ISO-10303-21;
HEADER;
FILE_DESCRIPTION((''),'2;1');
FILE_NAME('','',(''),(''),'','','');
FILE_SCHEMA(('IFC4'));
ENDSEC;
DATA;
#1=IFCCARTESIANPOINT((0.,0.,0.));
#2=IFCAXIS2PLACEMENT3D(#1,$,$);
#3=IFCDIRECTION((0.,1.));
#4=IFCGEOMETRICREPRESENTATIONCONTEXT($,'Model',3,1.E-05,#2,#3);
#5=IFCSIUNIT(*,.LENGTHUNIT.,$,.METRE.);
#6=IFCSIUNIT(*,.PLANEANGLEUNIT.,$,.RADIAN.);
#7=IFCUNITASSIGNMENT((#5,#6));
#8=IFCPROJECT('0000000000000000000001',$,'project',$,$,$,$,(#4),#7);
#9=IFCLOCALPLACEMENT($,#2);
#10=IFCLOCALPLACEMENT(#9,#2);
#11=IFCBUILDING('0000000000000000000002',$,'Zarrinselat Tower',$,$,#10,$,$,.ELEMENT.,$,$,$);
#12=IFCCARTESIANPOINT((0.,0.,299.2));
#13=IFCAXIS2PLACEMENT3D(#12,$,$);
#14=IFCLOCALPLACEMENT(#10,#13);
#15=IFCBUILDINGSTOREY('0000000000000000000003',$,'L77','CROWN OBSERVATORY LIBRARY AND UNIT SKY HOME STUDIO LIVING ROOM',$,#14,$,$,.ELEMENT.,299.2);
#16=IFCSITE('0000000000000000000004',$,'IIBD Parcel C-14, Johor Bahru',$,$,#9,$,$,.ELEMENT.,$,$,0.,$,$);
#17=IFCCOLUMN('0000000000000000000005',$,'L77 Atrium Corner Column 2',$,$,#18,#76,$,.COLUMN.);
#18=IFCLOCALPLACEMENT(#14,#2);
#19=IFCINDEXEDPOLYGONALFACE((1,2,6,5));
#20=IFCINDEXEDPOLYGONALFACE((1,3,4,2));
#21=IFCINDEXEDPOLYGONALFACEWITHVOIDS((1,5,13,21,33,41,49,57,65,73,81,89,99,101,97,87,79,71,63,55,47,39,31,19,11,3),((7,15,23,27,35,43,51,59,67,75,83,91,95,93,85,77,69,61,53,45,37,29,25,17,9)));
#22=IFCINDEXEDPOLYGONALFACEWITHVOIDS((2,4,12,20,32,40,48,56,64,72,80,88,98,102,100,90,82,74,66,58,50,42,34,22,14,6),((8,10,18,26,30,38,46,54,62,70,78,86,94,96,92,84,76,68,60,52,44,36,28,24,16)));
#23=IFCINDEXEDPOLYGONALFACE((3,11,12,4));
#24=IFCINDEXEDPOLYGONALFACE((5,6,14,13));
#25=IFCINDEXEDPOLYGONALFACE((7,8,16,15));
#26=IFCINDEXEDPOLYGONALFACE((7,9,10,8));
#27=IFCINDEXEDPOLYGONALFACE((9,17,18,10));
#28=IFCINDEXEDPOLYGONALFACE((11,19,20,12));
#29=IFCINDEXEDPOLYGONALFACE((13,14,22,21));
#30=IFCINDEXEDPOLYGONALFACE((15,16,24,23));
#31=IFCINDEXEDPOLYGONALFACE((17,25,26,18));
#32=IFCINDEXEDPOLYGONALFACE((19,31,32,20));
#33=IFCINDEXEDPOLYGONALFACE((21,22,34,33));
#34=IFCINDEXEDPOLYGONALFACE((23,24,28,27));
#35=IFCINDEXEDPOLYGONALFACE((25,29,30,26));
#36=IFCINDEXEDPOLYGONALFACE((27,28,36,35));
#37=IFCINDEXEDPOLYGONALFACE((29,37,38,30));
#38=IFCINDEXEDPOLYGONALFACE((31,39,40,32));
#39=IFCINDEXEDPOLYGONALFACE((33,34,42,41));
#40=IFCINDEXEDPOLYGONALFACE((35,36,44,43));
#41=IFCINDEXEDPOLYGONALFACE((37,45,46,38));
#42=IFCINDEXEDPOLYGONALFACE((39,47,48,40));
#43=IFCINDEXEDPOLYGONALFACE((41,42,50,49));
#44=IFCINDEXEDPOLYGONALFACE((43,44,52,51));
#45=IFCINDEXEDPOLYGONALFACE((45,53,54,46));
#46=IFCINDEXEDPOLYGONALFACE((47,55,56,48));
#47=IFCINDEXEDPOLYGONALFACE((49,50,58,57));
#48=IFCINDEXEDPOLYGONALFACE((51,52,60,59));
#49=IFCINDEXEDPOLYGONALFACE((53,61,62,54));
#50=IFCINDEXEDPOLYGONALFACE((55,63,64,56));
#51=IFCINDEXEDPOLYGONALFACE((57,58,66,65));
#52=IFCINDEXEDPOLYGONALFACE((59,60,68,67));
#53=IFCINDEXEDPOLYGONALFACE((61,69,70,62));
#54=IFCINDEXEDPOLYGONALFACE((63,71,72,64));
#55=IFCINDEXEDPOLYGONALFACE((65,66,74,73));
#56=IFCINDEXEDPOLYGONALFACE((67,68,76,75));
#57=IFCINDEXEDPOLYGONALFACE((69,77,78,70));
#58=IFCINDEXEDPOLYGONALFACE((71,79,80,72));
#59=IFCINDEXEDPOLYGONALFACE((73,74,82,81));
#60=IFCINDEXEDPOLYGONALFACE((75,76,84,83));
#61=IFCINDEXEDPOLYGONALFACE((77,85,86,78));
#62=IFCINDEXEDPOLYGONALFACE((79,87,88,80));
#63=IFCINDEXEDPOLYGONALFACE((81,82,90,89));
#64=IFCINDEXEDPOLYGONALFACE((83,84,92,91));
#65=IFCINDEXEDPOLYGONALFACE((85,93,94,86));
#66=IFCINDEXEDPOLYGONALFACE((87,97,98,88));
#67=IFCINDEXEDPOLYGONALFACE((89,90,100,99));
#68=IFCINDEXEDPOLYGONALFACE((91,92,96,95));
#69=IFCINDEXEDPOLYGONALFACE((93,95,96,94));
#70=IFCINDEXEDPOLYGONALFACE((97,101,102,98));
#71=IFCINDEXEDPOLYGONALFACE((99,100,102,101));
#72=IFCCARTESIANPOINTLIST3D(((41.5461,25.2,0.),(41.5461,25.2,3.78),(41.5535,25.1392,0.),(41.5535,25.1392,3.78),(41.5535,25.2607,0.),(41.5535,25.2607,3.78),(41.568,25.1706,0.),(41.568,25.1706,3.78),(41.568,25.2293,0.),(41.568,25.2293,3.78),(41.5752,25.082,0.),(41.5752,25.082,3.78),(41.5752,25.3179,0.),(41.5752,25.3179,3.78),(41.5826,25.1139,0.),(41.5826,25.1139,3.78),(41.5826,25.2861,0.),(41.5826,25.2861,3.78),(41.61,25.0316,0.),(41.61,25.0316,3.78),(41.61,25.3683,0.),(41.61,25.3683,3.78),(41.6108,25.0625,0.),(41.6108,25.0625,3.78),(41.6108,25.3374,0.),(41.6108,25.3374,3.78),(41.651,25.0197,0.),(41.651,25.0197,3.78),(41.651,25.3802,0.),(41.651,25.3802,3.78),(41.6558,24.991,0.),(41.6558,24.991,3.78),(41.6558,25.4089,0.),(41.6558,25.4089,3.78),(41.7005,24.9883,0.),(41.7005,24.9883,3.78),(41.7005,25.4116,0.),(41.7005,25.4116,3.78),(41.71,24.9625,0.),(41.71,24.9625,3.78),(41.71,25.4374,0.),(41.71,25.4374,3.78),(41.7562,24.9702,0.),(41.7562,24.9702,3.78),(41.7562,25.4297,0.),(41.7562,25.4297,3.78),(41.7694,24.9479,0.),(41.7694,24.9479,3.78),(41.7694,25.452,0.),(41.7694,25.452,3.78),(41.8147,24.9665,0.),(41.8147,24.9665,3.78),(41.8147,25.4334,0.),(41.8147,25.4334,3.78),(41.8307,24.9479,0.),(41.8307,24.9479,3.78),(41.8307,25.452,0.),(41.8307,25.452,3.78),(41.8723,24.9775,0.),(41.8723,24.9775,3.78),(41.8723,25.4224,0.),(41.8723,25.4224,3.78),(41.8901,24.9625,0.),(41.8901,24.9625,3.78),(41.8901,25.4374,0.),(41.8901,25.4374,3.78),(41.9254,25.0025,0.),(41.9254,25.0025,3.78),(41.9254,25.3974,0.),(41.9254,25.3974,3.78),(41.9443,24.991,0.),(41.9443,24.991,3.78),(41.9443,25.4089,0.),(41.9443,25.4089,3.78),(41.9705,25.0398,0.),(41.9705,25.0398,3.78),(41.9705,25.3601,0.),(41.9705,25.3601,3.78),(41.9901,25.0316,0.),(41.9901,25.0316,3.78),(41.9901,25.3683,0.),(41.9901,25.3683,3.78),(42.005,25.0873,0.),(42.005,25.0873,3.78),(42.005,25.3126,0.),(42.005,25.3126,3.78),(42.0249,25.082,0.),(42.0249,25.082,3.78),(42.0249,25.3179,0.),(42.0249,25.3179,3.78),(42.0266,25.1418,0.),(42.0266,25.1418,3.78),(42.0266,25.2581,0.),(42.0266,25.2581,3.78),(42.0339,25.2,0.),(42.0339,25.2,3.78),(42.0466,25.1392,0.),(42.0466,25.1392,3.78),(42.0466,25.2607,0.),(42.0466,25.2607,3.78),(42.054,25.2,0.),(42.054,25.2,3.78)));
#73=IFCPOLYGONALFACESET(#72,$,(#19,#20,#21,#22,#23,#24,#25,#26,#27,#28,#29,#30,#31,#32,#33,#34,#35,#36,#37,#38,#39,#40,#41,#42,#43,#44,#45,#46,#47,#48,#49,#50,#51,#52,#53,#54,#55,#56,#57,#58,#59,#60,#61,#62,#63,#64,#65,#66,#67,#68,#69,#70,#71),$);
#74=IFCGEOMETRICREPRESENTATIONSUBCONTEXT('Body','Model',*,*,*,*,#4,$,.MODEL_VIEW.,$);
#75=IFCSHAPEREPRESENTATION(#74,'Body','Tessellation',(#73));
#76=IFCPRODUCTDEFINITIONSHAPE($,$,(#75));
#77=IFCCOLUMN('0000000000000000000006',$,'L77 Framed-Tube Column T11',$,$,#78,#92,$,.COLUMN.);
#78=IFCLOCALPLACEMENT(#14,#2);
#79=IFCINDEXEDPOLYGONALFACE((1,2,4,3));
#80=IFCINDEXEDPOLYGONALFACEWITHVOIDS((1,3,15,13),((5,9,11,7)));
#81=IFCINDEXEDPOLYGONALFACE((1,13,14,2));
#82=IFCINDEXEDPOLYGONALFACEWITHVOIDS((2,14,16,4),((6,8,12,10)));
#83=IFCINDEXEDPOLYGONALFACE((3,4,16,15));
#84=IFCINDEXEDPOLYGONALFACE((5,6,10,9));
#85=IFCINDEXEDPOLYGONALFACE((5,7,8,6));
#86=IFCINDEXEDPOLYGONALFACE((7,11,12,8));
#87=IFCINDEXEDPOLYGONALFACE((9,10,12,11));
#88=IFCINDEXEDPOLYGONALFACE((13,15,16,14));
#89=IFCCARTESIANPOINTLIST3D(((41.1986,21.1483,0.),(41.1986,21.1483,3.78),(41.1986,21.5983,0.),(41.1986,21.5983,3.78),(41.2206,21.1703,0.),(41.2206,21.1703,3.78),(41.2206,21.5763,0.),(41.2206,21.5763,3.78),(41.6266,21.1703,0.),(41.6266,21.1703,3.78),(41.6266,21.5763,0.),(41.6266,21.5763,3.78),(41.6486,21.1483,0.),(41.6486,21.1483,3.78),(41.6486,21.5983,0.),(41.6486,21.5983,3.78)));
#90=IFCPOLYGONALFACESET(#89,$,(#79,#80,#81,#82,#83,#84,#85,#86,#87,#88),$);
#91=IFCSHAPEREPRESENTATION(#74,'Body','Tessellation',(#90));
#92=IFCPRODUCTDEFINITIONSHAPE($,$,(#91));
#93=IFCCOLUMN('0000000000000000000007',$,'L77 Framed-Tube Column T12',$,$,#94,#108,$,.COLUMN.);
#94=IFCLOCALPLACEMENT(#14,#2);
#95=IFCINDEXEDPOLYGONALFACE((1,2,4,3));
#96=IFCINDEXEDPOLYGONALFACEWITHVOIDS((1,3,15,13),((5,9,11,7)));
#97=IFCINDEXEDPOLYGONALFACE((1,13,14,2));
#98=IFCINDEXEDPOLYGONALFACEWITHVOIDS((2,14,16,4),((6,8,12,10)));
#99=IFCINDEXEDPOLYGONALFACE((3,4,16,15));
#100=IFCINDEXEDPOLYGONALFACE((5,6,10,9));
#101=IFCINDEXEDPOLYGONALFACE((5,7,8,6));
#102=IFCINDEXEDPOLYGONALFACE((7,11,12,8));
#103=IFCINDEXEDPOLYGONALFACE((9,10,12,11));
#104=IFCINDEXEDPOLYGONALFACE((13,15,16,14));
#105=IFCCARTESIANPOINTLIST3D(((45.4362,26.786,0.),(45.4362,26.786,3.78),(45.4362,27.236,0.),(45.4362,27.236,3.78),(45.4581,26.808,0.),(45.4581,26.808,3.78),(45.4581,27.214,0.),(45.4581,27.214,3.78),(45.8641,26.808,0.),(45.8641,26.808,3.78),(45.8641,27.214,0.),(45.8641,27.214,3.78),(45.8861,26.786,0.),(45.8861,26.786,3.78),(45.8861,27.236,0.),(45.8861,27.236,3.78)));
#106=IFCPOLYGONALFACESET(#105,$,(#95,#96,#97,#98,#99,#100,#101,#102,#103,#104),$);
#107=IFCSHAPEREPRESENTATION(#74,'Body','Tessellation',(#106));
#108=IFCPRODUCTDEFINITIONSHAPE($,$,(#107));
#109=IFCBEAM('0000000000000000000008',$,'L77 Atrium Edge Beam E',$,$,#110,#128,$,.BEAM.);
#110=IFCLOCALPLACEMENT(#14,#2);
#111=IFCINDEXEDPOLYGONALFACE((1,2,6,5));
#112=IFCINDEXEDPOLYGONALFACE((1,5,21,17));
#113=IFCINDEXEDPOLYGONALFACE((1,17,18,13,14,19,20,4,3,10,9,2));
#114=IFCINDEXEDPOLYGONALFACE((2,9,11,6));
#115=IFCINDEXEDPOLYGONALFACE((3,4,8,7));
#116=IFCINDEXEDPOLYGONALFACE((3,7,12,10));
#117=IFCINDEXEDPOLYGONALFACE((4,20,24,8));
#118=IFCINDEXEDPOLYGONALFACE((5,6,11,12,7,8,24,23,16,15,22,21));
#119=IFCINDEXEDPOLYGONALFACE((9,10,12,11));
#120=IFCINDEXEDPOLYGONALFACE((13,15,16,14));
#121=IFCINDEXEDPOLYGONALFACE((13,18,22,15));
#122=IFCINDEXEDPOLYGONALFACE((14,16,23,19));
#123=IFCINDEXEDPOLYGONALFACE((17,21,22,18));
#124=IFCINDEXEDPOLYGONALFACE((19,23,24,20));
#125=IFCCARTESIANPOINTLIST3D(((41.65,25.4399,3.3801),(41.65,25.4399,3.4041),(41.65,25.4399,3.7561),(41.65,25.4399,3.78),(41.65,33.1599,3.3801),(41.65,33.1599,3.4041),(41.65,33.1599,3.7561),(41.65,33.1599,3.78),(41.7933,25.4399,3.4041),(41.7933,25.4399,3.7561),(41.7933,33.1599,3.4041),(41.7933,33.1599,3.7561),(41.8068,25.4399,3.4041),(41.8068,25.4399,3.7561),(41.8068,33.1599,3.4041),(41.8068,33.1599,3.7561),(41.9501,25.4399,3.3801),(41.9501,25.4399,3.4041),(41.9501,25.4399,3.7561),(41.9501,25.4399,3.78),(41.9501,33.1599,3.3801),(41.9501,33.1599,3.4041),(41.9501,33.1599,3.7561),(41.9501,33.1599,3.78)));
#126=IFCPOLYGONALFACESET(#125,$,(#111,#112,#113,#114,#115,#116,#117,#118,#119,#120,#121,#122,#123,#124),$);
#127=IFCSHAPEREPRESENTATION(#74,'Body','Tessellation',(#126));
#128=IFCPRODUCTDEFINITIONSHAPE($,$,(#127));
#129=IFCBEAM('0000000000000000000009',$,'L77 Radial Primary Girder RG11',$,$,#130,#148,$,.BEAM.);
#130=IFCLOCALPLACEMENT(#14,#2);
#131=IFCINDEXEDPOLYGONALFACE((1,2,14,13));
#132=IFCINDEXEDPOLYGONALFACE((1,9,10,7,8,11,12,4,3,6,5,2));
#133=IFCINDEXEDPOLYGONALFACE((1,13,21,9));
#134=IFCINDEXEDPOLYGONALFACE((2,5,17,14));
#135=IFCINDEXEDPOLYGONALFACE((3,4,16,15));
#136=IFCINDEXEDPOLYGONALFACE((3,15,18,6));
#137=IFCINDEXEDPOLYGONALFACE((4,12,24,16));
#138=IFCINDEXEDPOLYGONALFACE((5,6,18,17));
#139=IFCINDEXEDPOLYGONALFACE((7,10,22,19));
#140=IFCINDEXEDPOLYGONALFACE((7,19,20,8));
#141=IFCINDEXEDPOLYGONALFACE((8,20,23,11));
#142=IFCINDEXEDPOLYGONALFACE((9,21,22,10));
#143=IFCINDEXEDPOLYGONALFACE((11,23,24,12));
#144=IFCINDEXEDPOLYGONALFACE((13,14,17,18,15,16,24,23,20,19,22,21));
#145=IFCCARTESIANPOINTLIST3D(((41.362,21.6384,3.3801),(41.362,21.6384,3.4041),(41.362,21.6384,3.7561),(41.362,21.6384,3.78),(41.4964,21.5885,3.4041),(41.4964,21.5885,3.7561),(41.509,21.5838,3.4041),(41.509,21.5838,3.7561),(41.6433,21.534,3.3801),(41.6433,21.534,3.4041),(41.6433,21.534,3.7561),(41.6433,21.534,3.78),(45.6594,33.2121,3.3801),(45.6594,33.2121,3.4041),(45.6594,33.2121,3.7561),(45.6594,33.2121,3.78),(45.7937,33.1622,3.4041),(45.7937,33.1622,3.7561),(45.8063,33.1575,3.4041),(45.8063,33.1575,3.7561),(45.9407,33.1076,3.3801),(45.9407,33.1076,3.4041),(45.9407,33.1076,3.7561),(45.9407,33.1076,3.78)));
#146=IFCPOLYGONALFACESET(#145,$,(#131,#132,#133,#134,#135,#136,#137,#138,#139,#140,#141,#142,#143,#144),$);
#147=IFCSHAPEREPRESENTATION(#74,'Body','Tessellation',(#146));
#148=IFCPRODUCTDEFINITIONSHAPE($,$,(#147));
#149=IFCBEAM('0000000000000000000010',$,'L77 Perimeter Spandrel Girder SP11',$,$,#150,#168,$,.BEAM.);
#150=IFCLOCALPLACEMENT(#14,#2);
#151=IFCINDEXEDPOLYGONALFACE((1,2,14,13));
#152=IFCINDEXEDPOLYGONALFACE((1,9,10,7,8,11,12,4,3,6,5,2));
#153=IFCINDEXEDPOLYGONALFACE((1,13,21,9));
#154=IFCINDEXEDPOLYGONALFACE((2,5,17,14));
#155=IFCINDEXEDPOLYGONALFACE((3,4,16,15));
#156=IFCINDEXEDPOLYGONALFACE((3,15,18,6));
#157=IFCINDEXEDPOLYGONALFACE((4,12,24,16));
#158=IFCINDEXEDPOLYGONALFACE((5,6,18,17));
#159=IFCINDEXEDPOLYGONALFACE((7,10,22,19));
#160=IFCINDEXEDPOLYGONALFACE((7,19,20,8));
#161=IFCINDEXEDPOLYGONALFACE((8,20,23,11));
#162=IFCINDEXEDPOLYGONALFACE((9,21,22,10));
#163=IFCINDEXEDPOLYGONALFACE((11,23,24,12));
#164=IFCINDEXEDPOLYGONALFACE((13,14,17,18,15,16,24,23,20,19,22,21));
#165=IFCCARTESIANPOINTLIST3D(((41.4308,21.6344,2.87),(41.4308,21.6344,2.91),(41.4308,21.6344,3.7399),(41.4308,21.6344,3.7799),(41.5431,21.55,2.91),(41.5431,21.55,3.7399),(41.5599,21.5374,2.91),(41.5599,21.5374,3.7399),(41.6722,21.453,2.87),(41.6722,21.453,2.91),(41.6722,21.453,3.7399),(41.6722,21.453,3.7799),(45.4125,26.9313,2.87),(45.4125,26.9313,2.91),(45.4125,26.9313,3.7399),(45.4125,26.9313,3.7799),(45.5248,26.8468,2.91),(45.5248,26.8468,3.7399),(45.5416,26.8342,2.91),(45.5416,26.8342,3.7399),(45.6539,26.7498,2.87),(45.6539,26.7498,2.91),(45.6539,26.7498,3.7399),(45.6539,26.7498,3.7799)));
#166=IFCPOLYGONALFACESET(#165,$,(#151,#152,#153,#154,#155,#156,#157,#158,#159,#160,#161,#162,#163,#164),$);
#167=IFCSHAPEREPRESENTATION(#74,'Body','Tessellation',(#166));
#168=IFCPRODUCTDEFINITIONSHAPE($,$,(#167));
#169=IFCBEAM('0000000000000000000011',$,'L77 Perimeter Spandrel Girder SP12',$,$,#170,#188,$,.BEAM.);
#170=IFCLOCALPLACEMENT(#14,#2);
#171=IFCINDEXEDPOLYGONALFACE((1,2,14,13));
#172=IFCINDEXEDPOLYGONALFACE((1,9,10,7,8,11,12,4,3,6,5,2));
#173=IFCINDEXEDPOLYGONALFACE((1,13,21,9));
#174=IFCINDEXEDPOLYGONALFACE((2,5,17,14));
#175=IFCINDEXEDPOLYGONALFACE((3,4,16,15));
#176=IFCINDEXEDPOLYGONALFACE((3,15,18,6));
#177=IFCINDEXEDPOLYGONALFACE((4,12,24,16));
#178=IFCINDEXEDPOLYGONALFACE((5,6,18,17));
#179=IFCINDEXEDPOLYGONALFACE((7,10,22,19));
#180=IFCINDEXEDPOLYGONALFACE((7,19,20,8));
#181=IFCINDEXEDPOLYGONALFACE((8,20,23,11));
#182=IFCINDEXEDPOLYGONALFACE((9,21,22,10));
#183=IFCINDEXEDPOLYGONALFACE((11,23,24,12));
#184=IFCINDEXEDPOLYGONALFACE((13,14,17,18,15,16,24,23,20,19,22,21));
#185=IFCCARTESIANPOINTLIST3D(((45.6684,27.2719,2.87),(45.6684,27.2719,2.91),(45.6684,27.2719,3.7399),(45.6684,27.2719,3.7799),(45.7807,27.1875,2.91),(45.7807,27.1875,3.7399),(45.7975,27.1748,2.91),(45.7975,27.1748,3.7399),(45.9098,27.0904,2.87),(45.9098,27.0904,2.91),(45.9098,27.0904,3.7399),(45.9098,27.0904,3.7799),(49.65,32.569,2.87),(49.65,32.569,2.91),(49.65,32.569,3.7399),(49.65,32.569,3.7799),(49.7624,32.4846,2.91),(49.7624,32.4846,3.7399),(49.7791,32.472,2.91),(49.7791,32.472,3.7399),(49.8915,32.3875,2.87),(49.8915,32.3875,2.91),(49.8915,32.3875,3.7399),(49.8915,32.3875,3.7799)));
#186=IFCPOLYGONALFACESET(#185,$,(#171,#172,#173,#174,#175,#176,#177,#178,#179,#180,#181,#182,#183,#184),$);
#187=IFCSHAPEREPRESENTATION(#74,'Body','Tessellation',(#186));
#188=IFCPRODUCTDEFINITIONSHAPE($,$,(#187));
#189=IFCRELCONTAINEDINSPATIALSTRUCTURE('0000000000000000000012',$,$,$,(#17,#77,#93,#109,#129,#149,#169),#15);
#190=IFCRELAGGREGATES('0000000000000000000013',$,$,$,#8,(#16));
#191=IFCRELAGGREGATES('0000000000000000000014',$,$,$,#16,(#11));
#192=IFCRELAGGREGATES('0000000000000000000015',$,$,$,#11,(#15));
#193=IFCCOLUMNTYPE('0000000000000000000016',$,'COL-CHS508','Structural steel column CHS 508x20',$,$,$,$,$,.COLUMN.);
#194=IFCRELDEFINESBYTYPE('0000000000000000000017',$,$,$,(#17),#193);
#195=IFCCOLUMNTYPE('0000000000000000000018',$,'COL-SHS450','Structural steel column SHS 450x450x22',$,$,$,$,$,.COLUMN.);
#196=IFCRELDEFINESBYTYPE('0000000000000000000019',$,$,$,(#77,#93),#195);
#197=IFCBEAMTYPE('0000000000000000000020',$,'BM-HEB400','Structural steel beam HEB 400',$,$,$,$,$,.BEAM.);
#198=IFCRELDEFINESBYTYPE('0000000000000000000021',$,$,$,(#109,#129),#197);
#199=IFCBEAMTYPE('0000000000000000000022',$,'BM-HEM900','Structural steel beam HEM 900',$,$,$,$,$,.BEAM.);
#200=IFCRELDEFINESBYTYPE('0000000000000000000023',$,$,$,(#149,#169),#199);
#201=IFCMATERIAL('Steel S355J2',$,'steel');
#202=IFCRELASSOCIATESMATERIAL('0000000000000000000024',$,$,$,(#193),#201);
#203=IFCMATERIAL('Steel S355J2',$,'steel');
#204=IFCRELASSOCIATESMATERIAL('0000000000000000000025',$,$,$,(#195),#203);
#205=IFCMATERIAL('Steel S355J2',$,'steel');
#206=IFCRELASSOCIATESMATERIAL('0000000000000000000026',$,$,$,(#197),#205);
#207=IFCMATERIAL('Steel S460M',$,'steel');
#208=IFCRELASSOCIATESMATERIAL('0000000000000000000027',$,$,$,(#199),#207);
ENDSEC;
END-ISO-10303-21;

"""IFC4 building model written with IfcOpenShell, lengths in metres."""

from ifc_helpers import new_model, si_unit, direction, frame, origin, origin_2d, place, context, subcontext, project, spatial, hollow_rectangle, hollow_circle, i_section, extrude, material, material_profile, profile_set, type_object, element, save


model = new_model("IFC4")

# Units and contexts
model_context = context("Model", 3, precision=1e-05, world=origin(), true_north=direction((0.0, 1.0)))
body_context = subcontext(model_context, "Body", "Model", "MODEL_VIEW")
ifc_project = project(units=[si_unit("LENGTHUNIT", "METRE"), si_unit("PLANEANGLEUNIT", "RADIAN")], contexts=[model_context])

# Site, building, storey
site_placement = place(None, origin())
site = spatial("IfcSite", under=ifc_project, at=site_placement, Name="IIBD Parcel C-14, Johor Bahru", CompositionType="ELEMENT", RefElevation=0.0)
building_placement = place(site_placement, origin())
building = spatial("IfcBuilding", under=site, at=building_placement, Name="Zarrinselat Tower", CompositionType="ELEMENT")
storey_placement = place(building_placement, frame((0.0, 0.0, 299.2)))
storey = spatial("IfcBuildingStorey", under=building, at=storey_placement, Name="L77", Description="CROWN OBSERVATORY LIBRARY AND UNIT SKY HOME STUDIO LIVING ROOM", CompositionType="ELEMENT", Elevation=299.2)

# Columns
ifc_material_1 = material(Name="Steel S355J2", Category="steel")
ifc_material_profile_1 = material_profile(ifc_material_1, hollow_circle(Radius=0.2539, WallThickness=0.02, at=origin_2d()), Name="CHS 508x20")
ifc_profile_set_1 = profile_set([ifc_material_profile_1], Name="Steel S355J2")
column_type_1 = type_object("IfcColumnType", Name="COL-CHS508", Description="Structural steel column CHS 508x20", PredefinedType="COLUMN", material=ifc_profile_set_1)
column_placement = place(storey_placement, frame((41.8, 25.2, 0.0), z_axis=(0.0, 0.0, 1.0), x_axis=(1.0, 0.0, 0.0)))
element("IfcColumn", 1, at=column_placement, inside=storey, type_object=column_type_1, Name="L77 Atrium Corner Column 2", PredefinedType="COLUMN", context=body_context, shape_type="SweptSolid", body=[
    extrude(hollow_circle(Radius=0.2539, WallThickness=0.02, at=origin_2d()), origin(), (0.0, 0.0, 1.0), 3.78),
])
ifc_material_2 = material(Name="Steel S355J2", Category="steel")
ifc_material_profile_2 = material_profile(ifc_material_2, hollow_rectangle(XDim=0.45, YDim=0.45, WallThickness=0.022, at=origin_2d()), Name="SHS 450x450x22")
ifc_profile_set_2 = profile_set([ifc_material_profile_2], Name="Steel S355J2")
column_type_2 = type_object("IfcColumnType", Name="COL-SHS450", Description="Structural steel column SHS 450x450x22", PredefinedType="COLUMN", material=ifc_profile_set_2)
for number, where, z_axis, x_axis, name in (
    (2, (41.4236, 21.3733, 0.0), (0.0, 0.0, 1.0), (1.0, 0.0, 0.0), "L77 Framed-Tube Column T11"),
    (3, (45.6611, 27.011, 0.0), (0.0, 0.0, 1.0), (1.0, 0.0, 0.0), "L77 Framed-Tube Column T12"),
):
    element("IfcColumn", number, at=place(storey_placement, frame(where, z_axis=z_axis, x_axis=x_axis)), inside=storey, type_object=column_type_2, Name=name, PredefinedType="COLUMN", context=body_context, shape_type="SweptSolid", body=[
        extrude(hollow_rectangle(XDim=0.45, YDim=0.45, WallThickness=0.022, at=origin_2d()), origin(), (0.0, 0.0, 1.0), 3.78),
    ])

# Beams
ifc_material_3 = material(Name="Steel S355J2", Category="steel")
ifc_material_profile_3 = material_profile(ifc_material_3, i_section(OverallWidth=0.3, OverallDepth=0.3999, WebThickness=0.0134, FlangeThickness=0.0239, at=origin_2d()), Name="HEB 400")
ifc_profile_set_3 = profile_set([ifc_material_profile_3], Name="Steel S355J2")
beam_type_1 = type_object("IfcBeamType", Name="BM-HEB400", Description="Structural steel beam HEB 400", PredefinedType="BEAM", material=ifc_profile_set_3)
beam_1_placement = place(storey_placement, frame((41.8, 25.4399, 3.5801), z_axis=(0.0, 1.0, 0.0), x_axis=(-1.0, 0.0, 0.0)))
element("IfcBeam", 4, at=beam_1_placement, inside=storey, type_object=beam_type_1, Name="L77 Atrium Edge Beam E", PredefinedType="BEAM", context=body_context, shape_type="SweptSolid", body=[
    extrude(i_section(OverallWidth=0.3, OverallDepth=0.3999, WebThickness=0.0134, FlangeThickness=0.0239, at=origin_2d()), origin(), (0.0, 0.0, 1.0), 7.72),
])
beam_2_placement = place(storey_placement, frame((41.5027, 21.5862, 3.5801), z_axis=(0.348083, 0.937464, 0.0), x_axis=(-0.937464, 0.348083, 0.0)))
element("IfcBeam", 5, at=beam_2_placement, inside=storey, type_object=beam_type_1, Name="L77 Radial Primary Girder RG11", PredefinedType="BEAM", context=body_context, shape_type="SweptSolid", body=[
    extrude(i_section(OverallWidth=0.3, OverallDepth=0.3999, WebThickness=0.0134, FlangeThickness=0.0239, at=origin_2d()), origin(), (0.0, 0.0, 1.0), 12.3457),
])
ifc_material_4 = material(Name="Steel S460M", Category="steel")
ifc_material_profile_4 = material_profile(ifc_material_4, i_section(OverallWidth=0.302, OverallDepth=0.9099, WebThickness=0.021, FlangeThickness=0.04, at=origin_2d()), Name="HEM 900")
ifc_profile_set_4 = profile_set([ifc_material_profile_4], Name="Steel S460M")
beam_type_2 = type_object("IfcBeamType", Name="BM-HEM900", Description="Structural steel beam HEM 900", PredefinedType="BEAM", material=ifc_profile_set_4)
beam_3_placement = place(storey_placement, frame((41.5515, 21.5437, 3.325), z_axis=(0.600872, 0.799345, 0.0), x_axis=(-0.799345, 0.600872, 0.0)))
element("IfcBeam", 6, at=beam_3_placement, inside=storey, type_object=beam_type_2, Name="L77 Perimeter Spandrel Girder SP11", PredefinedType="BEAM", context=body_context, shape_type="SweptSolid", body=[
    extrude(i_section(OverallWidth=0.302, OverallDepth=0.9099, WebThickness=0.021, FlangeThickness=0.04, at=origin_2d()), origin(), (0.0, 0.0, 1.0), 6.6265),
])
beam_4_placement = place(storey_placement, frame((45.7891, 27.1812, 3.325), z_axis=(0.600854, 0.799358, 0.0), x_axis=(-0.799358, 0.600854, 0.0)))
element("IfcBeam", 7, at=beam_4_placement, inside=storey, type_object=beam_type_2, Name="L77 Perimeter Spandrel Girder SP12", PredefinedType="BEAM", context=body_context, shape_type="SweptSolid", body=[
    extrude(i_section(OverallWidth=0.302, OverallDepth=0.9099, WebThickness=0.021, FlangeThickness=0.04, at=origin_2d()), origin(), (0.0, 0.0, 1.0), 6.6267),
])

save(model, "model.ifc")
